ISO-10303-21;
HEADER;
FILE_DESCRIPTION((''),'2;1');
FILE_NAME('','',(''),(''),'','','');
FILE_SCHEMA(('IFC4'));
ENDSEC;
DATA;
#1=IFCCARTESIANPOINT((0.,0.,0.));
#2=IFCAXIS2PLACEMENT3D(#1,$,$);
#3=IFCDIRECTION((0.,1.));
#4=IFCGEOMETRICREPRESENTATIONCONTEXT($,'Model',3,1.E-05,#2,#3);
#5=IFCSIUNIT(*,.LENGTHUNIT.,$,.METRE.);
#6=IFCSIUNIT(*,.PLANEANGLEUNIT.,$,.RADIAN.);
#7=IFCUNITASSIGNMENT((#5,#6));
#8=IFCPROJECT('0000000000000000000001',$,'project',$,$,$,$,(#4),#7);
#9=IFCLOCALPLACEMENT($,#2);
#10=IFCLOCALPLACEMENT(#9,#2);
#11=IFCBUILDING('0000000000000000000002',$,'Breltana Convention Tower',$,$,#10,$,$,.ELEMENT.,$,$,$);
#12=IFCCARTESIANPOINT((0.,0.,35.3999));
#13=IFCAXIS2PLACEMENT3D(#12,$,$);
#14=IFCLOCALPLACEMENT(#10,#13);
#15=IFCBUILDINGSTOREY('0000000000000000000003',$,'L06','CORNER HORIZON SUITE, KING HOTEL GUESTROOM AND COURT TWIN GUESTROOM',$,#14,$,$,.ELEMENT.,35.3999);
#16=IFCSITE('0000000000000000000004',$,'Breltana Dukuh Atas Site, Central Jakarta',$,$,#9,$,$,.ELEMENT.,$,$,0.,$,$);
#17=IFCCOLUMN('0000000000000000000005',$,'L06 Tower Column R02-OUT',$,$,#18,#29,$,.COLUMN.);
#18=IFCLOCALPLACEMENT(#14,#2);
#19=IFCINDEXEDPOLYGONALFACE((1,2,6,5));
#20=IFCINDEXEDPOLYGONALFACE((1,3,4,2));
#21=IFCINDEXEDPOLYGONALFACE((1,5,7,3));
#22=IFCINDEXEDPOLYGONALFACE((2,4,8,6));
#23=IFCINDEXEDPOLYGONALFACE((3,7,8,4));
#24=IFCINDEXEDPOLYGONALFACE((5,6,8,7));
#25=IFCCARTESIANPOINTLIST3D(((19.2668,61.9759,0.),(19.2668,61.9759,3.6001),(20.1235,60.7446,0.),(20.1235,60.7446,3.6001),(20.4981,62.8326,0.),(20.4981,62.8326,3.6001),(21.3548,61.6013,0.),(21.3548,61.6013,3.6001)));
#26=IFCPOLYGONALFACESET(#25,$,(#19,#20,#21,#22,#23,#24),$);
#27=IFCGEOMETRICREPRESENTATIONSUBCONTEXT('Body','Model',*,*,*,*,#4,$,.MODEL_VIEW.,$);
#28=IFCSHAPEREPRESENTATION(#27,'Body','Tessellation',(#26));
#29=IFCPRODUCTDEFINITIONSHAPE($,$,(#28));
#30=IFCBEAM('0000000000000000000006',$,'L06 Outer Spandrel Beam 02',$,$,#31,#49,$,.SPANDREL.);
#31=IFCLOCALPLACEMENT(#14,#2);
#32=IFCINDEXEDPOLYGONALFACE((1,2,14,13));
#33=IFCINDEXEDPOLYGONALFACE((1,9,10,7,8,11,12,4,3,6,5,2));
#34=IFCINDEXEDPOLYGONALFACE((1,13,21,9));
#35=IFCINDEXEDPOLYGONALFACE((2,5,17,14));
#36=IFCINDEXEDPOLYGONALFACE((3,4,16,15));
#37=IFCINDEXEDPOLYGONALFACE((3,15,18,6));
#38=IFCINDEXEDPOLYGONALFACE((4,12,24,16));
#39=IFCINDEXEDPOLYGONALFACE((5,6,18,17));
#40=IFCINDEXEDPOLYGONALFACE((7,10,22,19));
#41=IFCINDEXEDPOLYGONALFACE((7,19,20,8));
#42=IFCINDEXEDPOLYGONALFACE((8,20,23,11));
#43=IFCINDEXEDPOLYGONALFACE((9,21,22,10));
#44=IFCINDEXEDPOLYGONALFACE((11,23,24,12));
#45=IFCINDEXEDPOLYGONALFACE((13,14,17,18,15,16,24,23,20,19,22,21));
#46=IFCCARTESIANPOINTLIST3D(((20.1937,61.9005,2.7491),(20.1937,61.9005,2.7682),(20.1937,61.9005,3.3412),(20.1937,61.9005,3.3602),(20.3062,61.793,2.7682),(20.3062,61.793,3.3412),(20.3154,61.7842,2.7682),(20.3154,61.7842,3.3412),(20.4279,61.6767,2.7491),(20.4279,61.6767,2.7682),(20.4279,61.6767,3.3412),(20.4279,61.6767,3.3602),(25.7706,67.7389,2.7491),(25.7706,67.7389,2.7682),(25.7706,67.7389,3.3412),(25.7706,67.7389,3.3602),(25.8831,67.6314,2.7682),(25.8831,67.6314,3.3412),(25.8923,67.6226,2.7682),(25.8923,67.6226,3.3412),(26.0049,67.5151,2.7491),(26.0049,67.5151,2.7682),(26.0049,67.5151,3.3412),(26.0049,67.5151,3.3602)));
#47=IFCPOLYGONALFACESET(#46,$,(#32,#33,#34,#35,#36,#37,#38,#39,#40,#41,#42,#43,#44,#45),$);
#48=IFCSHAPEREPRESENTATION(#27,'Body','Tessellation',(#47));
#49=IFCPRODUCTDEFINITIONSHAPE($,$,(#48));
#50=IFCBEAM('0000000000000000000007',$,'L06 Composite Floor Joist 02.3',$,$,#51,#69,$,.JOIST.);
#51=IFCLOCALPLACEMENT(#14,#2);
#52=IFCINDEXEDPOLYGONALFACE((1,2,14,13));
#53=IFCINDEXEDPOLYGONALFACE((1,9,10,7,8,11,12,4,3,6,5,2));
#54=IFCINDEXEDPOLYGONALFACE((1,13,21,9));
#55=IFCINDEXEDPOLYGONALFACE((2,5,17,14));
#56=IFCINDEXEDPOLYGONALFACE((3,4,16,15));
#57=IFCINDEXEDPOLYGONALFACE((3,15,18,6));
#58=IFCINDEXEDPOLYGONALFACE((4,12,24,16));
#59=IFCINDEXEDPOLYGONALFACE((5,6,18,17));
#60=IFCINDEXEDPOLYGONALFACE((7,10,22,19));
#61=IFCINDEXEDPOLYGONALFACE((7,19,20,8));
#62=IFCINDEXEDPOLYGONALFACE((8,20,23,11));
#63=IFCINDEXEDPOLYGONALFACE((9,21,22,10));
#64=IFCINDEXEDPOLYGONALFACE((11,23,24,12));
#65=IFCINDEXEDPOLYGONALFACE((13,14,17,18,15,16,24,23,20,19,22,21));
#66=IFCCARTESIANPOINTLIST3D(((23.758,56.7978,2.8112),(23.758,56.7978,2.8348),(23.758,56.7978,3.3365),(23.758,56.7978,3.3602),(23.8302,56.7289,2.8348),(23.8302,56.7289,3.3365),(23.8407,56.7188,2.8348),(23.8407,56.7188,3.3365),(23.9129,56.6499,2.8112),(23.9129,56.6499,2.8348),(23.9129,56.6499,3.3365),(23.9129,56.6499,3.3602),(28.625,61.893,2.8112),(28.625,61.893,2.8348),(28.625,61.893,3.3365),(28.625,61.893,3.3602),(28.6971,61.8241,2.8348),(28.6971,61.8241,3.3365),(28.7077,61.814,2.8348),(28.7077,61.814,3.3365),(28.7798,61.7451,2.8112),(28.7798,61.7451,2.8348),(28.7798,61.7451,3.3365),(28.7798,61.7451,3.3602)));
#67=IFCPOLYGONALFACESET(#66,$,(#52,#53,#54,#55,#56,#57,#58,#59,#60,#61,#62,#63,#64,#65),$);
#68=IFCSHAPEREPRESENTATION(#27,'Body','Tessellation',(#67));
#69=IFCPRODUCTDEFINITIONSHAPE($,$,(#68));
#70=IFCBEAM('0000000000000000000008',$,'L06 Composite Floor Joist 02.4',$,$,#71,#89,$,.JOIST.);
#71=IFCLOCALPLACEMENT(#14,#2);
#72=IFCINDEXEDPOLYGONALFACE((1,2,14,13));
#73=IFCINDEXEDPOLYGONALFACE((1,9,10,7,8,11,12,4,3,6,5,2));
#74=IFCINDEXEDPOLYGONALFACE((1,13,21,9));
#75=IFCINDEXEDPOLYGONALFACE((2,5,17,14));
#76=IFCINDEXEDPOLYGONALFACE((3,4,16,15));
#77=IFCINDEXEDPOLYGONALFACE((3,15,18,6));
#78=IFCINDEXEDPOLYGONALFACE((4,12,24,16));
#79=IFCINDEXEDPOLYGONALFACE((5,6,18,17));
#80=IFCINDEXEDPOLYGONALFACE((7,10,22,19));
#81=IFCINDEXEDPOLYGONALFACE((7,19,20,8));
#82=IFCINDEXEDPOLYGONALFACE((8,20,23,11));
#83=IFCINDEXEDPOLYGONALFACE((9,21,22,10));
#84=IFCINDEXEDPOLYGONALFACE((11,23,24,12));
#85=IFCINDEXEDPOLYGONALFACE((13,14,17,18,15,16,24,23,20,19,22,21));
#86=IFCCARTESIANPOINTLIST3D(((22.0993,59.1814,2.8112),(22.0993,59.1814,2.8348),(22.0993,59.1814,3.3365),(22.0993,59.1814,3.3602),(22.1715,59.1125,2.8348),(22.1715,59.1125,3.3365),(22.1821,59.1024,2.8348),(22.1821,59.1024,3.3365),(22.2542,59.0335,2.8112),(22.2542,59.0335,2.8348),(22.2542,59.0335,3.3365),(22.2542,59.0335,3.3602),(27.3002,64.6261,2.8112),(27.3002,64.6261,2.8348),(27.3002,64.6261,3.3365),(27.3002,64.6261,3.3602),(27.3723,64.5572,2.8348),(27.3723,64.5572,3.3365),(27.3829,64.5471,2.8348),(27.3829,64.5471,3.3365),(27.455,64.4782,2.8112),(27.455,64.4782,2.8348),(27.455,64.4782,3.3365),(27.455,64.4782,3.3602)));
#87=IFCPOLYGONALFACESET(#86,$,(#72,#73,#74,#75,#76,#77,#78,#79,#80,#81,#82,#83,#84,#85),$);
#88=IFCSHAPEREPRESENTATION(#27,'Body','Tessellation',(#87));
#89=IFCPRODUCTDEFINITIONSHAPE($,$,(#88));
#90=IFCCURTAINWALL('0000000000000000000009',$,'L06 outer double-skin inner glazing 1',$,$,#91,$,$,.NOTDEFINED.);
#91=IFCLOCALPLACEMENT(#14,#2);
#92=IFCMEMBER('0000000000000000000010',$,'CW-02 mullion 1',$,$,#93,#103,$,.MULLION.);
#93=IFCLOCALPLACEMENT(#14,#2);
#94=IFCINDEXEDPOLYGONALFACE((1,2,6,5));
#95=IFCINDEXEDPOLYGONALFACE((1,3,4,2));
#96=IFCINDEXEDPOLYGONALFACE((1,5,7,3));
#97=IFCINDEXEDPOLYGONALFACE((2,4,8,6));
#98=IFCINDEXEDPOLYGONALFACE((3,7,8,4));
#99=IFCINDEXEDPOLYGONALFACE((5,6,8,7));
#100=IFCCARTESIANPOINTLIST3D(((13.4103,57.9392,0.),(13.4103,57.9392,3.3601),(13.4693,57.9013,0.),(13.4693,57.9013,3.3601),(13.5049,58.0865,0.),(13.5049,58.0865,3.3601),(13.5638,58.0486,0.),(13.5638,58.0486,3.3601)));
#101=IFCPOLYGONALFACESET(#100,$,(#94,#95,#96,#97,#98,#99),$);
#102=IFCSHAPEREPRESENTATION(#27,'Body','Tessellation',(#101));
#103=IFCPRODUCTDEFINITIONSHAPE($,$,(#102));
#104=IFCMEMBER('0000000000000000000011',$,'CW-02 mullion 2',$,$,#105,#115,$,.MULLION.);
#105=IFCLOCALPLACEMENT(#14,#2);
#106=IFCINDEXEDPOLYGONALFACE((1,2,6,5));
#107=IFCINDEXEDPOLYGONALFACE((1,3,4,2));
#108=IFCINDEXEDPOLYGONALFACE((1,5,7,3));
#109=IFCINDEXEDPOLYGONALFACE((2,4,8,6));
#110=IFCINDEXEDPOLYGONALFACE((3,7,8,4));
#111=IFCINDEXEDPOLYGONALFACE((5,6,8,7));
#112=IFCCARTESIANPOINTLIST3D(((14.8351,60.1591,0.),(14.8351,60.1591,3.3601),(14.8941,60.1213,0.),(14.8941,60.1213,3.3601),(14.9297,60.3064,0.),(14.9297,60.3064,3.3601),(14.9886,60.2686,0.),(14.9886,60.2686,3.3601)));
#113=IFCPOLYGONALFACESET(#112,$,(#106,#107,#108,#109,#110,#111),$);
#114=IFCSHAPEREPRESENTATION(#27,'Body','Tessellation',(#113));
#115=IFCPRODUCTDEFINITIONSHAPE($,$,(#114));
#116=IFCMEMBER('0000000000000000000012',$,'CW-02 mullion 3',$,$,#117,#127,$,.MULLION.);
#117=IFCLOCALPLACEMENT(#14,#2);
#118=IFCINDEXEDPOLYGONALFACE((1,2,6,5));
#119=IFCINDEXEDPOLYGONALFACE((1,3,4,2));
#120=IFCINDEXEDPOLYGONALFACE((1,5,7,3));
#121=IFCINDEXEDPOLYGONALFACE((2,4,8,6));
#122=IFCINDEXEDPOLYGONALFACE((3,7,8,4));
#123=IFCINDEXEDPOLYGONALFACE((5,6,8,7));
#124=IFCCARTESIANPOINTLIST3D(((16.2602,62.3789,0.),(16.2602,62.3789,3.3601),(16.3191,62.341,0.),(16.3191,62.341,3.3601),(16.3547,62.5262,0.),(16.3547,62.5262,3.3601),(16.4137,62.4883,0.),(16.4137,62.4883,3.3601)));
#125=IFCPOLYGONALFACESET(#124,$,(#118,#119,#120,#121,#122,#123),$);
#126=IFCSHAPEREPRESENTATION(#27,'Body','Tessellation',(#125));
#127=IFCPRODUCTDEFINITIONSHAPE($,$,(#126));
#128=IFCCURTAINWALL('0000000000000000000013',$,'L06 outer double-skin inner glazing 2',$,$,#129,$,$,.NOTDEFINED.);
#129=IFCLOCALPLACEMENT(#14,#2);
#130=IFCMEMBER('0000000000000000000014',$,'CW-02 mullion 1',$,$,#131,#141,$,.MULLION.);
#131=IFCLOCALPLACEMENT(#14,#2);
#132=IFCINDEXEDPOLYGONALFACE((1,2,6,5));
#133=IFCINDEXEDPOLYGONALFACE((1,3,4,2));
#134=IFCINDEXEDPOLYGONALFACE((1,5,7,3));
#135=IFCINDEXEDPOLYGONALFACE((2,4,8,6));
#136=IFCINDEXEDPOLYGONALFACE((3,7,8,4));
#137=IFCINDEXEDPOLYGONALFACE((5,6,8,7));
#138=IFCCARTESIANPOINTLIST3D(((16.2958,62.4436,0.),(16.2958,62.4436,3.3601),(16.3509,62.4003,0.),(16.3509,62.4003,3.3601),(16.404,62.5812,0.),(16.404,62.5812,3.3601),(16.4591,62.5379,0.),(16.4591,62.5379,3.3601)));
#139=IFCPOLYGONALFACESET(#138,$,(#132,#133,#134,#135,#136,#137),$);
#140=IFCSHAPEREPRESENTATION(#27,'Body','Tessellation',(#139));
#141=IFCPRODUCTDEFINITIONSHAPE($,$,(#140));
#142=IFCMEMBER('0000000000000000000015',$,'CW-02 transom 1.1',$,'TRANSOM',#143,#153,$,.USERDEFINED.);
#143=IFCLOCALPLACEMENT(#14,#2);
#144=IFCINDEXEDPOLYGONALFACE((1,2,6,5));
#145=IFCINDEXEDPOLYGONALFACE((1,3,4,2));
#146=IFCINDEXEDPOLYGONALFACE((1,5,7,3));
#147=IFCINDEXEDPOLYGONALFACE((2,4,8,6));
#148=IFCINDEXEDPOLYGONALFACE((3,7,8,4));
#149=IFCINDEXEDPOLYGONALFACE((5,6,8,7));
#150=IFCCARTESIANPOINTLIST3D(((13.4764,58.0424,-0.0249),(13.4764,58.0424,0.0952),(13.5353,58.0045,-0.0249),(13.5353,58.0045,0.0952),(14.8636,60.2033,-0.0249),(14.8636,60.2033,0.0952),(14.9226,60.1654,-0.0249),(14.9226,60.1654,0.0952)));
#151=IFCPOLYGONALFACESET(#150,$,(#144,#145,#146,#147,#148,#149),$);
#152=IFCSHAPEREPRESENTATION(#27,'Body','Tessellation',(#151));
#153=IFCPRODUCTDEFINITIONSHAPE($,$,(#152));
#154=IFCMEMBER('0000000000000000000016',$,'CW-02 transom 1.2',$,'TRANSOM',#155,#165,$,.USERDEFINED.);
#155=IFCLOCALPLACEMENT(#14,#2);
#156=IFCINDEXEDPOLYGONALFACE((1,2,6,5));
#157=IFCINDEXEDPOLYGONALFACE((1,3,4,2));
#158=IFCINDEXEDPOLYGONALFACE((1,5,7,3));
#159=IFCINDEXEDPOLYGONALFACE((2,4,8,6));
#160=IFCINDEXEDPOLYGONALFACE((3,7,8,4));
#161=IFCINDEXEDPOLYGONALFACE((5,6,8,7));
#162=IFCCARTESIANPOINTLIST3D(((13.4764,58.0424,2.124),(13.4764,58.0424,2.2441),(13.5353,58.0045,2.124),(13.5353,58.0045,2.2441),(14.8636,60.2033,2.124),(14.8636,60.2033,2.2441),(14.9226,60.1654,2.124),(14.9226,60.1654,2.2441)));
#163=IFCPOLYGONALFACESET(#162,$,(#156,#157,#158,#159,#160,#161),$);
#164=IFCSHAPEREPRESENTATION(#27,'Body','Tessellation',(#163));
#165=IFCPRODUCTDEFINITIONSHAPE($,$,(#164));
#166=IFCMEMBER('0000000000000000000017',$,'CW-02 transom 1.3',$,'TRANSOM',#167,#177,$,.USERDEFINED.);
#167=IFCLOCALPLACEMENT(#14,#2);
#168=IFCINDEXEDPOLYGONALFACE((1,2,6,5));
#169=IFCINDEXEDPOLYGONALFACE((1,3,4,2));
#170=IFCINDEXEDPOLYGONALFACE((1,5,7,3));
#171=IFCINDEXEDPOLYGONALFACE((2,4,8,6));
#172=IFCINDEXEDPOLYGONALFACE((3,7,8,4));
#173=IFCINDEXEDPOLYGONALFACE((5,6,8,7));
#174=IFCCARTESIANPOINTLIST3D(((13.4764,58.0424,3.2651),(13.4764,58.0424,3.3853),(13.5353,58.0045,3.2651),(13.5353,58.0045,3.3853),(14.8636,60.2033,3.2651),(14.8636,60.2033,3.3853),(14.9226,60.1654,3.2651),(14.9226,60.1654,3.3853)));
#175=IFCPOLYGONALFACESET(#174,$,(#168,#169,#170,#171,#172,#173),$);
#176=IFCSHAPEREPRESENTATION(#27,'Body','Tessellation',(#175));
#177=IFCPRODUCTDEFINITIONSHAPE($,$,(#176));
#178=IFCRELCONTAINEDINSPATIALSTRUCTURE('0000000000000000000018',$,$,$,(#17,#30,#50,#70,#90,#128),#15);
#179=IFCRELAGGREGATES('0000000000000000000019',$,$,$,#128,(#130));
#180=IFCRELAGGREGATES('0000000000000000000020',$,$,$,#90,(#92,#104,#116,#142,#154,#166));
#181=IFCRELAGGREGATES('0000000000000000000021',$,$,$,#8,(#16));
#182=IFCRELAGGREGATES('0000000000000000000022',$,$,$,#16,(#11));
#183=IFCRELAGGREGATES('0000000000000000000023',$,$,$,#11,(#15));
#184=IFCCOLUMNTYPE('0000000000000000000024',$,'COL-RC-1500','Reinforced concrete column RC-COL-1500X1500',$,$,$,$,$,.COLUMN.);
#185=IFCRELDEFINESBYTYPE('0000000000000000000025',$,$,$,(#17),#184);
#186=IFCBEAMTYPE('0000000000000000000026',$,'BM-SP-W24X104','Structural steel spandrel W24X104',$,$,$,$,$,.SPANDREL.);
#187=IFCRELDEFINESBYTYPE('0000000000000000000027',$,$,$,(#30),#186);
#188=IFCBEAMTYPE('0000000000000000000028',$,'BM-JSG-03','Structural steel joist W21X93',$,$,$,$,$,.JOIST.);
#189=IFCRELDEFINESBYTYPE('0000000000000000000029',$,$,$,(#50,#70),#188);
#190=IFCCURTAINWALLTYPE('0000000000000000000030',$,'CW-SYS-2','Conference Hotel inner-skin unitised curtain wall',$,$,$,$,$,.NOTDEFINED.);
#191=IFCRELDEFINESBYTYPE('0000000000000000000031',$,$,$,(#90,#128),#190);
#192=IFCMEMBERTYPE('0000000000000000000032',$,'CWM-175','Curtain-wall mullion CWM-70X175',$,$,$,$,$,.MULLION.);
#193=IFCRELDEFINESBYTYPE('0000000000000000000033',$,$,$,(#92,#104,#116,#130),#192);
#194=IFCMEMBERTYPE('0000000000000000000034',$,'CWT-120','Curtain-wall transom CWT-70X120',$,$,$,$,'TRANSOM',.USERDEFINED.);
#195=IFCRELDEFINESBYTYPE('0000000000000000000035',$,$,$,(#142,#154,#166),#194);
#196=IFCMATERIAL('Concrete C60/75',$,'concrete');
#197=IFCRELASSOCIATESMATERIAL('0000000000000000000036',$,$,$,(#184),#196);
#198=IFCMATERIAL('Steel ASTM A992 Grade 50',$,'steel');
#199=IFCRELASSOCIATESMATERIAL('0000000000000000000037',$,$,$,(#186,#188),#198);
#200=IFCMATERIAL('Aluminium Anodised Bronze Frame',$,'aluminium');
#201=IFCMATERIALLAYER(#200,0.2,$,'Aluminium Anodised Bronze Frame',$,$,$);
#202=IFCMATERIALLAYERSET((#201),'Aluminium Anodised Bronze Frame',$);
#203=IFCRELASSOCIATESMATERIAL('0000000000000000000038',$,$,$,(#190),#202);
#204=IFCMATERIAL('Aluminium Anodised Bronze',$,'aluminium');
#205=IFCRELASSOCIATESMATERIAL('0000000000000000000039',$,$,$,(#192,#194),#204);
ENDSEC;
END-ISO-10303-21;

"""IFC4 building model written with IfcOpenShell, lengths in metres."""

from ifc_helpers import new_model, si_unit, direction, frame, origin, origin_2d, place, context, subcontext, project, spatial, rectangle, i_section, extrude, source, transform, mapped, material, layer, layer_set, material_profile, profile_set, type_object, type_shapes, element, aggregate, save


model = new_model("IFC4")

# Units and contexts
model_context = context("Model", 3, precision=1e-05, world=origin(), true_north=direction((0.0, 1.0)))
body_context = subcontext(model_context, "Body", "Model", "MODEL_VIEW")
ifc_project = project(units=[si_unit("LENGTHUNIT", "METRE"), si_unit("PLANEANGLEUNIT", "RADIAN")], contexts=[model_context])

# Site, building, storey
site_placement = place(None, origin())
site = spatial("IfcSite", under=ifc_project, at=site_placement, Name="Breltana Dukuh Atas Site, Central Jakarta", CompositionType="ELEMENT", RefElevation=0.0)
building_placement = place(site_placement, origin())
building = spatial("IfcBuilding", under=site, at=building_placement, Name="Breltana Convention Tower", CompositionType="ELEMENT")
storey_placement = place(building_placement, frame((0.0, 0.0, 35.3999)))
storey = spatial("IfcBuildingStorey", under=building, at=storey_placement, Name="L06", Description="CORNER HORIZON SUITE, KING HOTEL GUESTROOM AND COURT TWIN GUESTROOM", CompositionType="ELEMENT", Elevation=35.3999)

# Column
ifc_material_1 = material(Name="Concrete C60/75", Category="concrete")
ifc_material_profile_1 = material_profile(ifc_material_1, rectangle(XDim=1.5, YDim=1.5, at=origin_2d()), Name="RC-COL-1500X1500")
ifc_profile_set_1 = profile_set([ifc_material_profile_1], Name="Concrete C60/75")
column_type = type_object("IfcColumnType", Name="COL-RC-1500", Description="Reinforced concrete column RC-COL-1500X1500", PredefinedType="COLUMN", material=ifc_profile_set_1)
shared_shape_1 = source(origin(), body_context, "Body", "SweptSolid", [
    extrude(rectangle(XDim=1.5, YDim=1.5, at=origin_2d()), origin(), (0.0, 0.0, 1.0), 3.6001),
])
column_placement = place(storey_placement, frame((20.3108, 61.7886, 0.0), z_axis=(0.0, 0.0, 1.0), x_axis=(-0.571143, 0.82085, 0.0)))
element("IfcColumn", 1, at=column_placement, inside=storey, type_object=column_type, Name="L06 Tower Column R02-OUT", PredefinedType="COLUMN", context=body_context, shape_type="MappedRepresentation", body=[
    mapped(shared_shape_1, transform((0.0, 0.0, 0.0), scale=1.0)),
])

# Beams
ifc_material_2 = material(Name="Steel ASTM A992 Grade 50", Category="steel")
ifc_material_profile_2 = material_profile(ifc_material_2, i_section(OverallWidth=0.324, OverallDepth=0.6111, WebThickness=0.0127, FlangeThickness=0.019, at=origin_2d()), Name="W24X104")
ifc_profile_set_2 = profile_set([ifc_material_profile_2], Name="Steel ASTM A992 Grade 50")
beam_type_1 = type_object("IfcBeamType", Name="BM-SP-W24X104", Description="Structural steel spandrel W24X104", PredefinedType="SPANDREL", material=ifc_profile_set_2)
shared_shape_2 = source(origin(), body_context, "Body", "SweptSolid", [
    extrude(i_section(OverallWidth=0.324, OverallDepth=0.6111, WebThickness=0.0127, FlangeThickness=0.019, at=origin_2d()), origin(), (0.0, 0.0, 1.0), 8.074),
])
beam_1_placement = place(storey_placement, frame((20.3108, 61.7886, 3.0547), z_axis=(0.690729, 0.723114, 0.0), x_axis=(-0.723114, 0.690729, 0.0)))
element("IfcBeam", 2, at=beam_1_placement, inside=storey, type_object=beam_type_1, Name="L06 Outer Spandrel Beam 02", PredefinedType="SPANDREL", context=body_context, shape_type="MappedRepresentation", body=[
    mapped(shared_shape_2, transform((0.0, 0.0, 0.0), scale=1.0)),
])
ifc_material_profile_3 = material_profile(ifc_material_2, i_section(OverallWidth=0.2141, OverallDepth=0.5491, WebThickness=0.0146, FlangeThickness=0.0237, at=origin_2d()), Name="W21X93")
ifc_profile_set_3 = profile_set([ifc_material_profile_3], Name="Steel ASTM A992 Grade 50")
beam_type_2 = type_object("IfcBeamType", Name="BM-JSG-03", Description="Structural steel joist W21X93", PredefinedType="JOIST", material=ifc_profile_set_3)
shared_shape_3 = source(origin(), body_context, "Body", "SweptSolid", [
    extrude(i_section(OverallWidth=0.2141, OverallDepth=0.5491, WebThickness=0.0146, FlangeThickness=0.0237, at=origin_2d()), origin(), (0.0, 0.0, 1.0), 7.0461),
])
beam_2_placement = place(storey_placement, frame((23.8354, 56.7239, 3.0857), z_axis=(0.690723, 0.72312, 0.0), x_axis=(-0.72312, 0.690723, 0.0)))
element("IfcBeam", 3, at=beam_2_placement, inside=storey, type_object=beam_type_2, Name="L06 Composite Floor Joist 02.3", PredefinedType="JOIST", context=body_context, shape_type="MappedRepresentation", body=[
    mapped(shared_shape_3, transform((0.0, 0.0, 0.0), scale=1.0)),
])
shared_shape_4 = source(origin(), body_context, "Body", "SweptSolid", [
    extrude(i_section(OverallWidth=0.2141, OverallDepth=0.5491, WebThickness=0.0146, FlangeThickness=0.0237, at=origin_2d()), origin(), (0.0, 0.0, 1.0), 7.5295),
])
beam_3_placement = place(storey_placement, frame((22.1768, 59.1074, 3.0857), z_axis=(0.690726, 0.723117, 0.0), x_axis=(-0.723117, 0.690726, 0.0)))
element("IfcBeam", 4, at=beam_3_placement, inside=storey, type_object=beam_type_2, Name="L06 Composite Floor Joist 02.4", PredefinedType="JOIST", context=body_context, shape_type="MappedRepresentation", body=[
    mapped(shared_shape_4, transform((0.0, 0.0, 0.0), scale=1.0)),
])

# Curtain wall, members
ifc_material_3 = material(Name="Aluminium Anodised Bronze Frame", Category="aluminium")
ifc_layer_1 = layer(ifc_material_3, 0.2, Name="Aluminium Anodised Bronze Frame")
ifc_layer_set_1 = layer_set([ifc_layer_1], Name="Aluminium Anodised Bronze Frame")
curtain_wall_type = type_object("IfcCurtainWallType", Name="CW-SYS-2", Description="Conference Hotel inner-skin unitised curtain wall", PredefinedType="NOTDEFINED", material=ifc_layer_set_1)
curtain_wall_1_placement = place(storey_placement, origin())
curtain_wall_1 = element("IfcCurtainWall", 5, at=curtain_wall_1_placement, inside=storey, type_object=curtain_wall_type, Name="L06 outer double-skin inner glazing 1", PredefinedType="NOTDEFINED")
ifc_material_4 = material(Name="Aluminium Anodised Bronze", Category="aluminium")
ifc_material_profile_4 = material_profile(ifc_material_4, rectangle(XDim=0.0701, YDim=0.175, at=origin_2d()), Name="CWM-70X175")
ifc_profile_set_4 = profile_set([ifc_material_profile_4], Name="Aluminium Anodised Bronze")
member_type_1 = type_object("IfcMemberType", Name="CWM-175", Description="Curtain-wall mullion CWM-70X175", PredefinedType="MULLION", material=ifc_profile_set_4)
shared_shape_5 = source(origin(), body_context, "Body", "SweptSolid", [
    extrude(rectangle(XDim=0.0701, YDim=0.175, at=origin_2d()), origin(), (0.0, 0.0, 1.0), 3.3601),
])
type_shapes(member_type_1, [shared_shape_5])
member_1_placement = place(storey_placement, frame((13.4871, 57.9939, 0.0), z_axis=(0.0, 0.0, 1.0), x_axis=(-0.841549, 0.540181, 0.0)))
member_1 = element("IfcMember", 6, at=member_1_placement, type_object=member_type_1, Name="CW-02 mullion 1", PredefinedType="MULLION", context=body_context, shape_type="MappedRepresentation", body=[
    mapped(shared_shape_5, transform((0.0, 0.0, 0.0), scale=1.0)),
])
member_2_placement = place(storey_placement, frame((14.9119, 60.2139, 0.0), z_axis=(0.0, 0.0, 1.0), x_axis=(-0.841549, 0.540181, 0.0)))
member_2 = element("IfcMember", 7, at=member_2_placement, type_object=member_type_1, Name="CW-02 mullion 2", PredefinedType="MULLION", context=body_context, shape_type="MappedRepresentation", body=[
    mapped(shared_shape_5, transform((0.0, 0.0, 0.0), scale=1.0)),
])
member_3_placement = place(storey_placement, frame((16.3369, 62.4336, 0.0), z_axis=(0.0, 0.0, 1.0), x_axis=(-0.841549, 0.540181, 0.0)))
member_3 = element("IfcMember", 8, at=member_3_placement, type_object=member_type_1, Name="CW-02 mullion 3", PredefinedType="MULLION", context=body_context, shape_type="MappedRepresentation", body=[
    mapped(shared_shape_5, transform((0.0, 0.0, 0.0), scale=1.0)),
])

# Curtain wall, member
curtain_wall_2_placement = place(storey_placement, origin())
curtain_wall_2 = element("IfcCurtainWall", 9, at=curtain_wall_2_placement, inside=storey, type_object=curtain_wall_type, Name="L06 outer double-skin inner glazing 2", PredefinedType="NOTDEFINED")
member_4_placement = place(storey_placement, frame((16.3774, 62.4907, 0.0), z_axis=(0.0, 0.0, 1.0), x_axis=(-0.786057, 0.618154, 0.0)))
member_4 = element("IfcMember", 10, at=member_4_placement, type_object=member_type_1, Name="CW-02 mullion 1", PredefinedType="MULLION", context=body_context, shape_type="MappedRepresentation", body=[
    mapped(shared_shape_5, transform((0.0, 0.0, 0.0), scale=1.0)),
])

# Members
ifc_material_profile_5 = material_profile(ifc_material_4, rectangle(XDim=0.0701, YDim=0.1201, at=origin_2d()), Name="CWT-70X120")
ifc_profile_set_5 = profile_set([ifc_material_profile_5], Name="Aluminium Anodised Bronze")
member_type_2 = type_object("IfcMemberType", Name="CWT-120", Description="Curtain-wall transom CWT-70X120", ElementType="TRANSOM", PredefinedType="USERDEFINED", material=ifc_profile_set_5)
shared_shape_6 = source(origin(), body_context, "Body", "SweptSolid", [
    extrude(rectangle(XDim=0.0701, YDim=0.1201, at=origin_2d()), origin(), (0.0, 0.0, 1.0), 2.5679),
])
type_shapes(member_type_2, [shared_shape_6])
member_5_placement = place(storey_placement, frame((13.5059, 58.0234, 0.0352), z_axis=(0.540224, 0.841521, 0.0), x_axis=(-0.841521, 0.540224, 0.0)))
member_5 = element("IfcMember", 11, at=member_5_placement, type_object=member_type_2, Name="CW-02 transom 1.1", ObjectType="TRANSOM", PredefinedType="USERDEFINED", context=body_context, shape_type="MappedRepresentation", body=[
    mapped(shared_shape_6, transform((0.0, 0.0, 0.0), scale=1.0)),
])
member_6_placement = place(storey_placement, frame((13.5059, 58.0234, 2.1841), z_axis=(0.540224, 0.841521, 0.0), x_axis=(-0.841521, 0.540224, 0.0)))
member_6 = element("IfcMember", 12, at=member_6_placement, type_object=member_type_2, Name="CW-02 transom 1.2", ObjectType="TRANSOM", PredefinedType="USERDEFINED", context=body_context, shape_type="MappedRepresentation", body=[
    mapped(shared_shape_6, transform((0.0, 0.0, 0.0), scale=1.0)),
])
member_7_placement = place(storey_placement, frame((13.5059, 58.0234, 3.3252), z_axis=(0.540224, 0.841521, 0.0), x_axis=(-0.841521, 0.540224, 0.0)))
member_7 = element("IfcMember", 13, at=member_7_placement, type_object=member_type_2, Name="CW-02 transom 1.3", ObjectType="TRANSOM", PredefinedType="USERDEFINED", context=body_context, shape_type="MappedRepresentation", body=[
    mapped(shared_shape_6, transform((0.0, 0.0, 0.0), scale=1.0)),
])
aggregate(curtain_wall_2, [member_4])

aggregate(curtain_wall_1, [member_1, member_2, member_3, member_5, member_6, member_7])

save(model, "model.ifc")
